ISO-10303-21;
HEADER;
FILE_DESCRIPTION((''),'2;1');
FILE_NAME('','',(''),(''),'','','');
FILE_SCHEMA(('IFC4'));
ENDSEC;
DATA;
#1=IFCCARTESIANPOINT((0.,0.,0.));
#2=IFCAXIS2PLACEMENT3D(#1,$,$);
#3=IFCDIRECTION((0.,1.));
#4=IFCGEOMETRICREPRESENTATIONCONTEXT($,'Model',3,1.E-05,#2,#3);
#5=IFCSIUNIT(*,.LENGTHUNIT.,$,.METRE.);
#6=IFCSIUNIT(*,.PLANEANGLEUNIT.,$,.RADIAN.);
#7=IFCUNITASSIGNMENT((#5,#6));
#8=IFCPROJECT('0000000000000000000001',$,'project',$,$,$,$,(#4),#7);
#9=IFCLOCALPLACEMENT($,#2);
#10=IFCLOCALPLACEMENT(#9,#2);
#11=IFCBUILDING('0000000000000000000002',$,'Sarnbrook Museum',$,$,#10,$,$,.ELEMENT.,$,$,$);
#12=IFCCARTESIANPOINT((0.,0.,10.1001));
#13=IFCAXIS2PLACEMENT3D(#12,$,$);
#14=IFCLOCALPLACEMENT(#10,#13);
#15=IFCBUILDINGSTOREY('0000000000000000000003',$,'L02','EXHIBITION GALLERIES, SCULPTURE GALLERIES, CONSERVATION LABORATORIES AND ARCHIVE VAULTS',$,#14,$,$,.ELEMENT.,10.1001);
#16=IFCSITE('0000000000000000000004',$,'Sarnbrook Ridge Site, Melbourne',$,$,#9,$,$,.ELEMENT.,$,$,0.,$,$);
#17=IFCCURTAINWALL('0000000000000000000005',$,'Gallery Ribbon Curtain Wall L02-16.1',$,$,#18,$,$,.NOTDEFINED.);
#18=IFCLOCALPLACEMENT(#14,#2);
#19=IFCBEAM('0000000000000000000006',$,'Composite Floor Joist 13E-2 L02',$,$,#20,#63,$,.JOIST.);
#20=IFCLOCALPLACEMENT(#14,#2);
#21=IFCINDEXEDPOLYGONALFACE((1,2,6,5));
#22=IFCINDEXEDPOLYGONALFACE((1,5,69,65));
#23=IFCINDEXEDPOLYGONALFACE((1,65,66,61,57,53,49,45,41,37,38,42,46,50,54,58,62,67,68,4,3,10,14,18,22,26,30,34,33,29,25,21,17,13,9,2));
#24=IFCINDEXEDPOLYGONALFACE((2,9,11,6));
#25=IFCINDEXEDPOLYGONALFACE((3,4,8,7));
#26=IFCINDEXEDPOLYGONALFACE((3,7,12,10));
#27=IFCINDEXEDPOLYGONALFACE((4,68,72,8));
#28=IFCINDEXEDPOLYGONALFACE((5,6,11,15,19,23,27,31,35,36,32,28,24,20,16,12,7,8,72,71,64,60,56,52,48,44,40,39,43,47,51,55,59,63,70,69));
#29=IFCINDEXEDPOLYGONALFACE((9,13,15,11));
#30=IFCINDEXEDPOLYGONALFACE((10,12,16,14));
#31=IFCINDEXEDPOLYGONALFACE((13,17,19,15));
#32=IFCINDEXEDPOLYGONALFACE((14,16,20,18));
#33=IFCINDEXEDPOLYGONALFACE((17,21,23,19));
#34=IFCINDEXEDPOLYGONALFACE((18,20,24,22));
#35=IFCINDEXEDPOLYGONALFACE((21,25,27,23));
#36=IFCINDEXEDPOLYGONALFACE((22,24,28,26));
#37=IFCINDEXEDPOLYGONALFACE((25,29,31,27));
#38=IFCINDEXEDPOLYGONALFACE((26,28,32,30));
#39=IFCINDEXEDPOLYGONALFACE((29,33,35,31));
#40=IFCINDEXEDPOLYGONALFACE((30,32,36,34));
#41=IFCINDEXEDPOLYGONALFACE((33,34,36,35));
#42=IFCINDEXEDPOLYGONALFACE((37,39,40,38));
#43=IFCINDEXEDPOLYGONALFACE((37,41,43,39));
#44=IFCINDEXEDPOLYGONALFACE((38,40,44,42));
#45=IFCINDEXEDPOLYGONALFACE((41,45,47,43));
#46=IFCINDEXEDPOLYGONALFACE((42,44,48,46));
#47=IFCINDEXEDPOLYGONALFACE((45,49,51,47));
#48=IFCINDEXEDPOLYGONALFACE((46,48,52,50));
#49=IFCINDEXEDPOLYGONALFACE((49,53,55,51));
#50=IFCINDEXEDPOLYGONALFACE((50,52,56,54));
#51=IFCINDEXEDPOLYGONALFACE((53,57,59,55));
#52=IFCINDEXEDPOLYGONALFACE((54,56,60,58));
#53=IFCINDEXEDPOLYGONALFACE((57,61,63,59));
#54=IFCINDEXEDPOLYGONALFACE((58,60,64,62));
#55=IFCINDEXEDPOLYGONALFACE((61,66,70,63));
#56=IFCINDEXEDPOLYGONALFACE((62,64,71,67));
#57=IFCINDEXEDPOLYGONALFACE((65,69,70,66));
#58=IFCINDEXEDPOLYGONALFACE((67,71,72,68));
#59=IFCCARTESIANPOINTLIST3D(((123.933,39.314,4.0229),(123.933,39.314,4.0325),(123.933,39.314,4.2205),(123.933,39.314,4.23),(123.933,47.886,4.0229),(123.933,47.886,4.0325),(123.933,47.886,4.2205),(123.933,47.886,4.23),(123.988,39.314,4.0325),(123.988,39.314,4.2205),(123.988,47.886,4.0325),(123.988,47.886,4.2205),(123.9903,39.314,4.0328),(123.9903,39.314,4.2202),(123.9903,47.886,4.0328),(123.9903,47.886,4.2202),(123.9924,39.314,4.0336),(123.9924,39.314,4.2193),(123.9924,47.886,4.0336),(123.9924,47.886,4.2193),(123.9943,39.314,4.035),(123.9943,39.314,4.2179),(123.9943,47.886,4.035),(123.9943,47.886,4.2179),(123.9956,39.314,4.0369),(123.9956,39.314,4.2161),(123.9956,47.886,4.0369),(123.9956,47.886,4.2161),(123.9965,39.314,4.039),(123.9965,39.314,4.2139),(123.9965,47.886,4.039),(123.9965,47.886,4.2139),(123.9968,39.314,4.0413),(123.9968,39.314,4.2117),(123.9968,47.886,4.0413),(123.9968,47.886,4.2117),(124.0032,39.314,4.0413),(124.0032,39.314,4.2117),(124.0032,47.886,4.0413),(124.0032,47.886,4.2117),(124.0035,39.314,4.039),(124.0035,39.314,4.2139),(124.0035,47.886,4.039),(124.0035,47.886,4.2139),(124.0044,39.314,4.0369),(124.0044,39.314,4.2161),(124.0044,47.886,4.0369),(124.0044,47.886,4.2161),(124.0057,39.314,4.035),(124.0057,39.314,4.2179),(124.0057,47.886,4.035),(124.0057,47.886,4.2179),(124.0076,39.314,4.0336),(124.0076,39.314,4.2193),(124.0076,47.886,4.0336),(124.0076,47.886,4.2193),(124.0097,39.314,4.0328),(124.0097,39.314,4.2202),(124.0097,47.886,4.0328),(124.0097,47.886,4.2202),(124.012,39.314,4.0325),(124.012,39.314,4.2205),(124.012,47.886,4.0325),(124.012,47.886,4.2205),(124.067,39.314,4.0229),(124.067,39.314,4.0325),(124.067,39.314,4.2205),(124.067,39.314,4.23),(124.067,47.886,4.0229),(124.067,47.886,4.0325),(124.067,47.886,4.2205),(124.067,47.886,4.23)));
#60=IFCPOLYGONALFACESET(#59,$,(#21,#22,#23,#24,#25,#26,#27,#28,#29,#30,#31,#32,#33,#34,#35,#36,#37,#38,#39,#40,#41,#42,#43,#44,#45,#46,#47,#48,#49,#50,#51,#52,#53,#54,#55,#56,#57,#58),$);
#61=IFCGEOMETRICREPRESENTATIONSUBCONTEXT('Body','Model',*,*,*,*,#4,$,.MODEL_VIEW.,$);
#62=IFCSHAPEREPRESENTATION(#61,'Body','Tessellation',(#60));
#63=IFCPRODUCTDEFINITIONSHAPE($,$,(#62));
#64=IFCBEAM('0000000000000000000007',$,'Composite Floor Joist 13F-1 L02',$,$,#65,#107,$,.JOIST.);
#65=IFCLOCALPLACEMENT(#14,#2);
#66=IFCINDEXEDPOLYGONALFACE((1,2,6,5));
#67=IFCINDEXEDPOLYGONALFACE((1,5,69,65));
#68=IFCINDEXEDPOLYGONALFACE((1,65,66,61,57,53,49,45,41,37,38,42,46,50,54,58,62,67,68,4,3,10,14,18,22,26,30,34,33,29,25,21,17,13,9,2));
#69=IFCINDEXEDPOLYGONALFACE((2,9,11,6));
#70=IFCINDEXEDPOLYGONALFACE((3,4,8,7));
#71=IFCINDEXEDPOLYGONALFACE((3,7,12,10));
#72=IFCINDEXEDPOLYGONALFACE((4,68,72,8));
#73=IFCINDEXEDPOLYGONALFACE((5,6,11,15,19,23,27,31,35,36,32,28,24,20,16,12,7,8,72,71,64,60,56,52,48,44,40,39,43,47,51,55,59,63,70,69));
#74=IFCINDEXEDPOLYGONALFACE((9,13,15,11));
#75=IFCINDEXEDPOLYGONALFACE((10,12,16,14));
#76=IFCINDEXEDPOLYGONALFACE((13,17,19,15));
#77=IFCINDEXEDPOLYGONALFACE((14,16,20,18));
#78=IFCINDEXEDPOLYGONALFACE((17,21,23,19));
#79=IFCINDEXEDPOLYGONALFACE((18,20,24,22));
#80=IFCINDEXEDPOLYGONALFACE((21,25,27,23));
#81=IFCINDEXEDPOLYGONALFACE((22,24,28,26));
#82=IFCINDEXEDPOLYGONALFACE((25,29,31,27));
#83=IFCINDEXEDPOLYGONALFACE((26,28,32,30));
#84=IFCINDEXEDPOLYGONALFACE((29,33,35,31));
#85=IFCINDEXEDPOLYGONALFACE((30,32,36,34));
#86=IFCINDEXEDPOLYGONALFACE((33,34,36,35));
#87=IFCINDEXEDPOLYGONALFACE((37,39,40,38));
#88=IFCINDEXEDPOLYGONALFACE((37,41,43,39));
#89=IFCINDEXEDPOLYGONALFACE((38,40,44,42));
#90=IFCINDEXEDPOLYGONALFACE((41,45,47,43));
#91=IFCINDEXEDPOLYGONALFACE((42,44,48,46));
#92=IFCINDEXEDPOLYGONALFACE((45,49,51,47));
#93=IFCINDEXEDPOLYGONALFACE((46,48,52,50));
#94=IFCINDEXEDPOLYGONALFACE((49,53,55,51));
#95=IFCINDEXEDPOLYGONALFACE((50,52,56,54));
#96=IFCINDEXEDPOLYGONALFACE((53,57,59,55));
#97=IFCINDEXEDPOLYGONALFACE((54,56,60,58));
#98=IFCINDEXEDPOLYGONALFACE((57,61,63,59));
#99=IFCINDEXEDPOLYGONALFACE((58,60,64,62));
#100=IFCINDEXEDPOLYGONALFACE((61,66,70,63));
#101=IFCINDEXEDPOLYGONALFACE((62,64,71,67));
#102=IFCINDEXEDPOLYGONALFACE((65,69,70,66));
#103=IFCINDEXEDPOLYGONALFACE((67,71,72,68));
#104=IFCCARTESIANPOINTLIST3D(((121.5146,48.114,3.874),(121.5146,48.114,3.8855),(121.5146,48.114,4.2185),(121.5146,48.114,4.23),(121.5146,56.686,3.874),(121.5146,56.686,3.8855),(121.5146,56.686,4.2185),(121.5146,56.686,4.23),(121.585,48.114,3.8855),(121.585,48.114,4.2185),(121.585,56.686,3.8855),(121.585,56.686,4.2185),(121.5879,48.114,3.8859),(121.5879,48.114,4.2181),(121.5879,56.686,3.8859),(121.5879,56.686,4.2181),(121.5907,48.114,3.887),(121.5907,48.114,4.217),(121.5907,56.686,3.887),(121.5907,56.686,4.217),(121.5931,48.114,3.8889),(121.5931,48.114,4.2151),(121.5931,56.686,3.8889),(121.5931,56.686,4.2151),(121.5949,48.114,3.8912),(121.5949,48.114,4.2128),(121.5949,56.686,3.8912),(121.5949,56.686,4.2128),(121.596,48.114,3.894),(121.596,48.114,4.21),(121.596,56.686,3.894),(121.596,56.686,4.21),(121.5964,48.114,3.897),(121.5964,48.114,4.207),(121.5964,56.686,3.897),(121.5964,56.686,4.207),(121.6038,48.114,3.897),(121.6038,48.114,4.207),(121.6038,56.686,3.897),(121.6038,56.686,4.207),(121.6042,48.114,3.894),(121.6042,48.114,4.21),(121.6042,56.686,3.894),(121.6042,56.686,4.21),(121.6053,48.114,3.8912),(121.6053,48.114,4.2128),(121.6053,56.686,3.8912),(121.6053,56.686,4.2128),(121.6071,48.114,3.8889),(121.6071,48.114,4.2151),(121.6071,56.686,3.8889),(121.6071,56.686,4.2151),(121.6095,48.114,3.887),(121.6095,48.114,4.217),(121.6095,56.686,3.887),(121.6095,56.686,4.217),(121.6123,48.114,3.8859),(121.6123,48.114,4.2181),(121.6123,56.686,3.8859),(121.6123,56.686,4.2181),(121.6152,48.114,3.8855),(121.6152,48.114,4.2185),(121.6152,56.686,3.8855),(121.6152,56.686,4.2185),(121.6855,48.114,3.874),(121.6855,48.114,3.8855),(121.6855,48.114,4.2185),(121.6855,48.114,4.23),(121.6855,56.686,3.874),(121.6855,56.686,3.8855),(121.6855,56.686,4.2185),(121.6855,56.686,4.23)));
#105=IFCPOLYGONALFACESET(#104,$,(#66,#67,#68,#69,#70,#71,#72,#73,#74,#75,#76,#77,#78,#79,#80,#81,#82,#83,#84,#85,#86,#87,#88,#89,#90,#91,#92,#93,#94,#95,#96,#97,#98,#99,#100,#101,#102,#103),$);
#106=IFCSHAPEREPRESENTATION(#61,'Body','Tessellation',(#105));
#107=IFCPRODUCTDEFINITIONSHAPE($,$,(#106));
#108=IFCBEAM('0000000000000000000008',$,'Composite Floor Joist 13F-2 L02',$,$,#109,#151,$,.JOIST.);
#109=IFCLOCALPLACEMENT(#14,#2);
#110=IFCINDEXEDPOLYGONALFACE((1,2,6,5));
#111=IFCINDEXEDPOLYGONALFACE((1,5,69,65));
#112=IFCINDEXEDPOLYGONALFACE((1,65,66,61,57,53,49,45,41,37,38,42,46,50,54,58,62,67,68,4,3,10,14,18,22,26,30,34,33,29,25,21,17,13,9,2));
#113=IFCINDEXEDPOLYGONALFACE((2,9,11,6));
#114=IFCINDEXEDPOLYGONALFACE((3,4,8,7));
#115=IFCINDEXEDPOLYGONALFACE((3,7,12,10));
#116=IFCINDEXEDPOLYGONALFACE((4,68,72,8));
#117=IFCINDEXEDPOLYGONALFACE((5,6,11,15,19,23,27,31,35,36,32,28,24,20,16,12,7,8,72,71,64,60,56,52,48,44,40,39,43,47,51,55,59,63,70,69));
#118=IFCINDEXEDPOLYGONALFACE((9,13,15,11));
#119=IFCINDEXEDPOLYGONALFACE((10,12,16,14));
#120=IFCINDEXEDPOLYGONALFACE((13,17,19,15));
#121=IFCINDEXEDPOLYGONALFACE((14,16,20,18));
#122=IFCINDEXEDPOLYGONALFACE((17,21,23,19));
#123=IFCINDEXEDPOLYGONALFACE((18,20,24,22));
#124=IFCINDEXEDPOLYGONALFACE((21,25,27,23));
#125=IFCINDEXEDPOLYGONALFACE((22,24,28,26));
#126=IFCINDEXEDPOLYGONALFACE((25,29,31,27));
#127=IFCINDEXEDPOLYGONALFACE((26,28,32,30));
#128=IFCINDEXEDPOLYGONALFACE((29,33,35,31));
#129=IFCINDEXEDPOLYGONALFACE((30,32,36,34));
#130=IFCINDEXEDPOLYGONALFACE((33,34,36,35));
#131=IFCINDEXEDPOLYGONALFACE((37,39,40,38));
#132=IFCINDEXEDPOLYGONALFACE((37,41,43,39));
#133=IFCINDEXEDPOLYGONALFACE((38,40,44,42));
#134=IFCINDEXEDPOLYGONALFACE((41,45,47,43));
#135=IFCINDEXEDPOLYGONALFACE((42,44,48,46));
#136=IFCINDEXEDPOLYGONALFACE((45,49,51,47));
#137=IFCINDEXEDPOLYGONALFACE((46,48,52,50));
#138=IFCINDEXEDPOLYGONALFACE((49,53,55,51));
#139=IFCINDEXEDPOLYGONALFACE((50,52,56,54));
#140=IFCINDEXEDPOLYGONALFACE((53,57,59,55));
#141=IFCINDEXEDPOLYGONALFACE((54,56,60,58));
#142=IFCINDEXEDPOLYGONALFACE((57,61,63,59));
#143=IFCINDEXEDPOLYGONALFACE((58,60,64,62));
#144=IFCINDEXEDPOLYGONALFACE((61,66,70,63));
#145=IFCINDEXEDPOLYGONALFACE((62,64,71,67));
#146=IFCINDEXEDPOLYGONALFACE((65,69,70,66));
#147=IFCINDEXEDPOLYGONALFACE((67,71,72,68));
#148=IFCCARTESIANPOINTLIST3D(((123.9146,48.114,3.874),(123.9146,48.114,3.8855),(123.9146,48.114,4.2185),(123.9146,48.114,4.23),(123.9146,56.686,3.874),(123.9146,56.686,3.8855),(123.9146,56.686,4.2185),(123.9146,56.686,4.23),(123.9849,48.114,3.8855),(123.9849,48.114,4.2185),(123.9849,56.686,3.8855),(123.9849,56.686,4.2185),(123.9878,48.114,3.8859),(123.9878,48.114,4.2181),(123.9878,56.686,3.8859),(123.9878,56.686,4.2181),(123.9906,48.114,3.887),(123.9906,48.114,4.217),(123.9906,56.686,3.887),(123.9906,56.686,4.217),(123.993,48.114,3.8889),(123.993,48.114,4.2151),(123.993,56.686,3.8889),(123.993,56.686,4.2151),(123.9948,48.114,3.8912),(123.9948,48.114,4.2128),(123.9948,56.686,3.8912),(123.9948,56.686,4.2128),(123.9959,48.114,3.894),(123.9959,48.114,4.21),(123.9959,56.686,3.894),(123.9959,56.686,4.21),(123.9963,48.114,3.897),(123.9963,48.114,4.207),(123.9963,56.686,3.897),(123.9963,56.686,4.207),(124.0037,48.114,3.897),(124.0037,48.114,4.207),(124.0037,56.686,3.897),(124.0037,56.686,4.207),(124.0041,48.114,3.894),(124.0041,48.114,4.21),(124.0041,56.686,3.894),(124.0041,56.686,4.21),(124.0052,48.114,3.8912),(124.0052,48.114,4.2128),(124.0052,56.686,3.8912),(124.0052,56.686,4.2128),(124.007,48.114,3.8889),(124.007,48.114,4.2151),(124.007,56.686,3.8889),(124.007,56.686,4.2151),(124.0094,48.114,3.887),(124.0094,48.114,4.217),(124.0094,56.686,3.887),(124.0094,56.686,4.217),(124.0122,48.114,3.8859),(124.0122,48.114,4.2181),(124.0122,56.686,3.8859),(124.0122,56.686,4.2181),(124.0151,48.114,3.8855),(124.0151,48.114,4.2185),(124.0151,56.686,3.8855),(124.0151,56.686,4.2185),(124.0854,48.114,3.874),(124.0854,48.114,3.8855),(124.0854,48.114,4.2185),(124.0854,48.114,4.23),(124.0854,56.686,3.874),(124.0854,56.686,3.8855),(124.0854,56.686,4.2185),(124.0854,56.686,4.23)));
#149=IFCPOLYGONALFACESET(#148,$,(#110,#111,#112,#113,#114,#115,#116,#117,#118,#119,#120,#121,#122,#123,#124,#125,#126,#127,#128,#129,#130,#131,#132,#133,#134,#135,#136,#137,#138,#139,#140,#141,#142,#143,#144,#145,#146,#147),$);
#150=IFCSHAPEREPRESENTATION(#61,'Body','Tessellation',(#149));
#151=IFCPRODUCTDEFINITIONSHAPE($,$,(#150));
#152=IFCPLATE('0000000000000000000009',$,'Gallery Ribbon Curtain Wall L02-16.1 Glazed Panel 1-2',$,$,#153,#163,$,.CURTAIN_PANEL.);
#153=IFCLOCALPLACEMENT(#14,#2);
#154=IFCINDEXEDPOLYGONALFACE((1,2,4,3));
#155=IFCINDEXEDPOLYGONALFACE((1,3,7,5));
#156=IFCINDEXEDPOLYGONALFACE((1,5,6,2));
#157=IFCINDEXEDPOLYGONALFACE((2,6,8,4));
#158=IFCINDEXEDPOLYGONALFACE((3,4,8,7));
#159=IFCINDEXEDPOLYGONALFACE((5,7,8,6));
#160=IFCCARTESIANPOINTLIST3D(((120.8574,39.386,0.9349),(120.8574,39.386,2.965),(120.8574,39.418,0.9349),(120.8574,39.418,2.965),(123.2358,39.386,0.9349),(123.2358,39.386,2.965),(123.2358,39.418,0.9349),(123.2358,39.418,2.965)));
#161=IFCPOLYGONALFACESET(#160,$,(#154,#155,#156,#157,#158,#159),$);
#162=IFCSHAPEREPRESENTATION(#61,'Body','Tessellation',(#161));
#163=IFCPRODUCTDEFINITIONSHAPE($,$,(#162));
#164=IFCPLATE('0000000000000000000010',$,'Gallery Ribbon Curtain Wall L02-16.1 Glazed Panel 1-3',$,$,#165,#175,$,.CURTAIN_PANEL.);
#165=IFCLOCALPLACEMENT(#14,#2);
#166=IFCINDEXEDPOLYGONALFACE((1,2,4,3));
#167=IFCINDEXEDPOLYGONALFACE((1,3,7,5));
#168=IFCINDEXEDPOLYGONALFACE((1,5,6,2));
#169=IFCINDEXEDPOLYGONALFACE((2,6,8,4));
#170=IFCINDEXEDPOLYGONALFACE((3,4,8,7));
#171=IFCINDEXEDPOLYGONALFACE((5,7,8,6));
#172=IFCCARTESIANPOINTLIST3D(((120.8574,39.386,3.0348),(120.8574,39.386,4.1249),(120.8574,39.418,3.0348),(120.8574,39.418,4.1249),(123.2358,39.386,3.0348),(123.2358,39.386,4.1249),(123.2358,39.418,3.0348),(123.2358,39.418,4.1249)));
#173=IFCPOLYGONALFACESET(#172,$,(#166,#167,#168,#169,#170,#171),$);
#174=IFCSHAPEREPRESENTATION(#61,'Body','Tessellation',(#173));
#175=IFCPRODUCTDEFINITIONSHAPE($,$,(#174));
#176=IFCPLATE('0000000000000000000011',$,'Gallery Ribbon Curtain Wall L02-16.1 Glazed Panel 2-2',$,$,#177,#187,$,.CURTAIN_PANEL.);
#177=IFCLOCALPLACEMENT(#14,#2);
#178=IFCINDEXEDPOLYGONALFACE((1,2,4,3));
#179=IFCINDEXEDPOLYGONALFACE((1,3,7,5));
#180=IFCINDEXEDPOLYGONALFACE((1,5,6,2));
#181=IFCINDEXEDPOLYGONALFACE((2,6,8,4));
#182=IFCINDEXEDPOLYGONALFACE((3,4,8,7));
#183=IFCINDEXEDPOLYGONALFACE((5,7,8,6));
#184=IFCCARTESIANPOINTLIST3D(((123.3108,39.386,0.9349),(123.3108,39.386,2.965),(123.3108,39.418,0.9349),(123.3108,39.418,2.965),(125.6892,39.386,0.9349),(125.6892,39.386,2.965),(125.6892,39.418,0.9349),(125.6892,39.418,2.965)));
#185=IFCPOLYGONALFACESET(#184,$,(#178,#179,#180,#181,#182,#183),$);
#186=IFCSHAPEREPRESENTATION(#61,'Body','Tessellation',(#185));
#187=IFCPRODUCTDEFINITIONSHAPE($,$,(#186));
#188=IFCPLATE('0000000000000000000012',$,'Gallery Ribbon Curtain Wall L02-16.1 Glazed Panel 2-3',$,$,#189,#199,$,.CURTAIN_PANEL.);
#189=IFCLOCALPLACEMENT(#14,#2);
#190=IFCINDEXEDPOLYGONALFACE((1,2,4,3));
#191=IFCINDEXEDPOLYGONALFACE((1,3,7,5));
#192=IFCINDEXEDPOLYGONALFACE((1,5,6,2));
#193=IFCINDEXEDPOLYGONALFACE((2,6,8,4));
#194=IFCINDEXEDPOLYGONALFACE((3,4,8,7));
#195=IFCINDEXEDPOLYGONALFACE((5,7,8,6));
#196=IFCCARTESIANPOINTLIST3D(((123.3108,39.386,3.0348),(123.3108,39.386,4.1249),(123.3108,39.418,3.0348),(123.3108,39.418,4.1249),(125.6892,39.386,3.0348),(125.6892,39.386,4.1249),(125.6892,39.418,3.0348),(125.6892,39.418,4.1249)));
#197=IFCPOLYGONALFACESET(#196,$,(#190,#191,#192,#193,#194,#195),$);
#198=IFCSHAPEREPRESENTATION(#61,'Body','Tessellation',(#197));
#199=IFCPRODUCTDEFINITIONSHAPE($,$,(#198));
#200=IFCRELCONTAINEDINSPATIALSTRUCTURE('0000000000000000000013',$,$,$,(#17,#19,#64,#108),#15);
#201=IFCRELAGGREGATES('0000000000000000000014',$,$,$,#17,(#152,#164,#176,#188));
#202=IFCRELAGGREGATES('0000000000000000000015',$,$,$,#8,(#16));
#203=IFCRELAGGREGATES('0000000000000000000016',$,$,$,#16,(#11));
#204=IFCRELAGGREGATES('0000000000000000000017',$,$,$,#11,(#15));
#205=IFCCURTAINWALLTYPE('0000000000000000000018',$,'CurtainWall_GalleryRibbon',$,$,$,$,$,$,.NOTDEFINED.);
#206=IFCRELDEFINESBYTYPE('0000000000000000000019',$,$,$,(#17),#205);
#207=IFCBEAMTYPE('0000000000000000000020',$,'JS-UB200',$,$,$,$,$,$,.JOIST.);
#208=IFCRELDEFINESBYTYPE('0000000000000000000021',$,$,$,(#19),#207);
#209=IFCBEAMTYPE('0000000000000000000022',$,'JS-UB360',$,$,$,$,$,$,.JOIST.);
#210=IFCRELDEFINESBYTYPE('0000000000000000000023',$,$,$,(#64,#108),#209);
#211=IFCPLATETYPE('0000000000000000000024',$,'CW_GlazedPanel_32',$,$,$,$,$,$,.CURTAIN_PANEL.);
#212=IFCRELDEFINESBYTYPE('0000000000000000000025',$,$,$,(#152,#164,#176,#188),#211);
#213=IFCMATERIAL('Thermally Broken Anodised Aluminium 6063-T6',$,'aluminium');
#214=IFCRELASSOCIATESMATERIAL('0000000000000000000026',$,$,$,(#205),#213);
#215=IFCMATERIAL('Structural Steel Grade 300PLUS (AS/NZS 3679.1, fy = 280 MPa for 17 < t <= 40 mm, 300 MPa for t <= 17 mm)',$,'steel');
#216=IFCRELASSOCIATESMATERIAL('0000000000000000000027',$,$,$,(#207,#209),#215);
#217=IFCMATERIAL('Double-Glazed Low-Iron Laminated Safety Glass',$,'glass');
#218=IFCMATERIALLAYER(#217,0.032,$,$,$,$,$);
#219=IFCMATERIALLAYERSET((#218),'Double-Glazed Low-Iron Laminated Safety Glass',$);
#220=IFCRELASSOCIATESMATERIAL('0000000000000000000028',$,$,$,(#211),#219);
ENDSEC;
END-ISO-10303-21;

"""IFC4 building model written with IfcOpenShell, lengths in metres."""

from ifc_helpers import new_model, si_unit, direction, frame, origin, origin_2d, place, context, subcontext, project, spatial, rectangle, i_section, extrude, material, layer, layer_set, material_profile, profile_set, type_object, element, aggregate, save


model = new_model("IFC4")

# Units and contexts
model_context = context("Model", 3, precision=1e-05, world=origin(), true_north=direction((0.0, 1.0)))
body_context = subcontext(model_context, "Body", "Model", "MODEL_VIEW")
ifc_project = project(units=[si_unit("LENGTHUNIT", "METRE"), si_unit("PLANEANGLEUNIT", "RADIAN")], contexts=[model_context])

# Site, building, storey
site_placement = place(None, origin())
site = spatial("IfcSite", under=ifc_project, at=site_placement, Name="Sarnbrook Ridge Site, Melbourne", CompositionType="ELEMENT", RefElevation=0.0)
building_placement = place(site_placement, origin())
building = spatial("IfcBuilding", under=site, at=building_placement, Name="Sarnbrook Museum", CompositionType="ELEMENT")
storey_placement = place(building_placement, frame((0.0, 0.0, 10.1001)))
storey = spatial("IfcBuildingStorey", under=building, at=storey_placement, Name="L02", Description="EXHIBITION GALLERIES, SCULPTURE GALLERIES, CONSERVATION LABORATORIES AND ARCHIVE VAULTS", CompositionType="ELEMENT", Elevation=10.1001)

# Shared definitions
ifc_material_1 = material(Name="Structural Steel Grade 300PLUS (AS/NZS 3679.1, fy = 280 MPa for 17 < t <= 40 mm, 300 MPa for t <= 17 mm)", Category="steel")

# Curtain wall
ifc_material_2 = material(Name="Thermally Broken Anodised Aluminium 6063-T6", Category="aluminium")
curtain_wall_type = type_object("IfcCurtainWallType", Name="CurtainWall_GalleryRibbon", PredefinedType="NOTDEFINED", material=ifc_material_2)
curtain_wall_1_placement = place(storey_placement, origin())
curtain_wall_1 = element("IfcCurtainWall", 1, at=curtain_wall_1_placement, inside=storey, type_object=curtain_wall_type, Name="Gallery Ribbon Curtain Wall L02-16.1", PredefinedType="NOTDEFINED")

# Beams
ifc_material_profile_1 = material_profile(ifc_material_1, i_section(OverallWidth=0.134, OverallDepth=0.207, WebThickness=0.0063, FlangeThickness=0.0095, FilletRadius=0.0088, at=origin_2d()), Name="200UB29.8")
ifc_profile_set_1 = profile_set([ifc_material_profile_1], Name="Structural Steel Grade 300PLUS (AS/NZS 3679.1, fy = 280 MPa for 17 < t <= 40 mm, 300 MPa for t <= 17 mm)")
beam_type_1 = type_object("IfcBeamType", Name="JS-UB200", PredefinedType="JOIST", material=ifc_profile_set_1)
for number, where, z_axis, x_axis, name in (
    (2, (124.0, 39.314, 4.1265), (0.0, 1.0, 0.0), (-1.0, 0.0, 0.0), "Composite Floor Joist 13E-2 L02"),
):
    element("IfcBeam", number, at=place(storey_placement, frame(where, z_axis=z_axis, x_axis=x_axis)), inside=storey, type_object=beam_type_1, Name=name, PredefinedType="JOIST", context=body_context, shape_type="SweptSolid", body=[
        extrude(i_section(OverallWidth=0.134, OverallDepth=0.207, WebThickness=0.0063, FlangeThickness=0.0095, FilletRadius=0.0088, at=origin_2d()), origin(), (0.0, 0.0, 1.0), 8.572),
    ])
ifc_material_profile_2 = material_profile(ifc_material_1, i_section(OverallWidth=0.1709, OverallDepth=0.356, WebThickness=0.0073, FlangeThickness=0.0115, FilletRadius=0.0115, at=origin_2d()), Name="360UB50.7")
ifc_profile_set_2 = profile_set([ifc_material_profile_2], Name="Structural Steel Grade 300PLUS (AS/NZS 3679.1, fy = 280 MPa for 17 < t <= 40 mm, 300 MPa for t <= 17 mm)")
beam_type_2 = type_object("IfcBeamType", Name="JS-UB360", PredefinedType="JOIST", material=ifc_profile_set_2)
for number, where, z_axis, x_axis, name in (
    (3, (121.6001, 48.114, 4.052), (0.0, 1.0, 0.0), (-1.0, 0.0, 0.0), "Composite Floor Joist 13F-1 L02"),
    (4, (124.0, 48.114, 4.052), (0.0, 1.0, 0.0), (-1.0, 0.0, 0.0), "Composite Floor Joist 13F-2 L02"),
):
    element("IfcBeam", number, at=place(storey_placement, frame(where, z_axis=z_axis, x_axis=x_axis)), inside=storey, type_object=beam_type_2, Name=name, PredefinedType="JOIST", context=body_context, shape_type="SweptSolid", body=[
        extrude(i_section(OverallWidth=0.1709, OverallDepth=0.356, WebThickness=0.0073, FlangeThickness=0.0115, FilletRadius=0.0115, at=origin_2d()), origin(), (0.0, 0.0, 1.0), 8.572),
    ])

# Plates
ifc_material_3 = material(Name="Double-Glazed Low-Iron Laminated Safety Glass", Category="glass")
ifc_layer_1 = layer(ifc_material_3, 0.032)
ifc_layer_set_1 = layer_set([ifc_layer_1], Name="Double-Glazed Low-Iron Laminated Safety Glass")
plate_type_1 = type_object("IfcPlateType", Name="CW_GlazedPanel_32", PredefinedType="CURTAIN_PANEL", material=ifc_layer_set_1)
plate_1_placement = place(storey_placement, frame((122.0466, 39.418, 1.95), z_axis=(0.0, -1.0, 0.0), x_axis=(1.0, 0.0, 0.0)))
plate_1 = element("IfcPlate", 5, at=plate_1_placement, type_object=plate_type_1, Name="Gallery Ribbon Curtain Wall L02-16.1 Glazed Panel 1-2", PredefinedType="CURTAIN_PANEL", context=body_context, shape_type="SweptSolid", body=[
    extrude(rectangle(XDim=2.3784, YDim=2.03, at=origin_2d()), origin(), (0.0, 0.0, 1.0), 0.032),
])
plate_2_placement = place(storey_placement, frame((122.0466, 39.418, 3.5798), z_axis=(0.0, -1.0, 0.0), x_axis=(1.0, 0.0, 0.0)))
plate_2 = element("IfcPlate", 6, at=plate_2_placement, type_object=plate_type_1, Name="Gallery Ribbon Curtain Wall L02-16.1 Glazed Panel 1-3", PredefinedType="CURTAIN_PANEL", context=body_context, shape_type="SweptSolid", body=[
    extrude(rectangle(XDim=2.3784, YDim=1.0901, at=origin_2d()), origin(), (0.0, 0.0, 1.0), 0.032),
])
plate_3_placement = place(storey_placement, frame((124.5, 39.418, 1.95), z_axis=(0.0, -1.0, 0.0), x_axis=(1.0, 0.0, 0.0)))
plate_3 = element("IfcPlate", 7, at=plate_3_placement, type_object=plate_type_1, Name="Gallery Ribbon Curtain Wall L02-16.1 Glazed Panel 2-2", PredefinedType="CURTAIN_PANEL", context=body_context, shape_type="SweptSolid", body=[
    extrude(rectangle(XDim=2.3784, YDim=2.03, at=origin_2d()), origin(), (0.0, 0.0, 1.0), 0.032),
])
plate_4_placement = place(storey_placement, frame((124.5, 39.418, 3.5798), z_axis=(0.0, -1.0, 0.0), x_axis=(1.0, 0.0, 0.0)))
plate_4 = element("IfcPlate", 8, at=plate_4_placement, type_object=plate_type_1, Name="Gallery Ribbon Curtain Wall L02-16.1 Glazed Panel 2-3", PredefinedType="CURTAIN_PANEL", context=body_context, shape_type="SweptSolid", body=[
    extrude(rectangle(XDim=2.3784, YDim=1.0901, at=origin_2d()), origin(), (0.0, 0.0, 1.0), 0.032),
])

aggregate(curtain_wall_1, [plate_1, plate_2, plate_3, plate_4])

save(model, "model.ifc")
